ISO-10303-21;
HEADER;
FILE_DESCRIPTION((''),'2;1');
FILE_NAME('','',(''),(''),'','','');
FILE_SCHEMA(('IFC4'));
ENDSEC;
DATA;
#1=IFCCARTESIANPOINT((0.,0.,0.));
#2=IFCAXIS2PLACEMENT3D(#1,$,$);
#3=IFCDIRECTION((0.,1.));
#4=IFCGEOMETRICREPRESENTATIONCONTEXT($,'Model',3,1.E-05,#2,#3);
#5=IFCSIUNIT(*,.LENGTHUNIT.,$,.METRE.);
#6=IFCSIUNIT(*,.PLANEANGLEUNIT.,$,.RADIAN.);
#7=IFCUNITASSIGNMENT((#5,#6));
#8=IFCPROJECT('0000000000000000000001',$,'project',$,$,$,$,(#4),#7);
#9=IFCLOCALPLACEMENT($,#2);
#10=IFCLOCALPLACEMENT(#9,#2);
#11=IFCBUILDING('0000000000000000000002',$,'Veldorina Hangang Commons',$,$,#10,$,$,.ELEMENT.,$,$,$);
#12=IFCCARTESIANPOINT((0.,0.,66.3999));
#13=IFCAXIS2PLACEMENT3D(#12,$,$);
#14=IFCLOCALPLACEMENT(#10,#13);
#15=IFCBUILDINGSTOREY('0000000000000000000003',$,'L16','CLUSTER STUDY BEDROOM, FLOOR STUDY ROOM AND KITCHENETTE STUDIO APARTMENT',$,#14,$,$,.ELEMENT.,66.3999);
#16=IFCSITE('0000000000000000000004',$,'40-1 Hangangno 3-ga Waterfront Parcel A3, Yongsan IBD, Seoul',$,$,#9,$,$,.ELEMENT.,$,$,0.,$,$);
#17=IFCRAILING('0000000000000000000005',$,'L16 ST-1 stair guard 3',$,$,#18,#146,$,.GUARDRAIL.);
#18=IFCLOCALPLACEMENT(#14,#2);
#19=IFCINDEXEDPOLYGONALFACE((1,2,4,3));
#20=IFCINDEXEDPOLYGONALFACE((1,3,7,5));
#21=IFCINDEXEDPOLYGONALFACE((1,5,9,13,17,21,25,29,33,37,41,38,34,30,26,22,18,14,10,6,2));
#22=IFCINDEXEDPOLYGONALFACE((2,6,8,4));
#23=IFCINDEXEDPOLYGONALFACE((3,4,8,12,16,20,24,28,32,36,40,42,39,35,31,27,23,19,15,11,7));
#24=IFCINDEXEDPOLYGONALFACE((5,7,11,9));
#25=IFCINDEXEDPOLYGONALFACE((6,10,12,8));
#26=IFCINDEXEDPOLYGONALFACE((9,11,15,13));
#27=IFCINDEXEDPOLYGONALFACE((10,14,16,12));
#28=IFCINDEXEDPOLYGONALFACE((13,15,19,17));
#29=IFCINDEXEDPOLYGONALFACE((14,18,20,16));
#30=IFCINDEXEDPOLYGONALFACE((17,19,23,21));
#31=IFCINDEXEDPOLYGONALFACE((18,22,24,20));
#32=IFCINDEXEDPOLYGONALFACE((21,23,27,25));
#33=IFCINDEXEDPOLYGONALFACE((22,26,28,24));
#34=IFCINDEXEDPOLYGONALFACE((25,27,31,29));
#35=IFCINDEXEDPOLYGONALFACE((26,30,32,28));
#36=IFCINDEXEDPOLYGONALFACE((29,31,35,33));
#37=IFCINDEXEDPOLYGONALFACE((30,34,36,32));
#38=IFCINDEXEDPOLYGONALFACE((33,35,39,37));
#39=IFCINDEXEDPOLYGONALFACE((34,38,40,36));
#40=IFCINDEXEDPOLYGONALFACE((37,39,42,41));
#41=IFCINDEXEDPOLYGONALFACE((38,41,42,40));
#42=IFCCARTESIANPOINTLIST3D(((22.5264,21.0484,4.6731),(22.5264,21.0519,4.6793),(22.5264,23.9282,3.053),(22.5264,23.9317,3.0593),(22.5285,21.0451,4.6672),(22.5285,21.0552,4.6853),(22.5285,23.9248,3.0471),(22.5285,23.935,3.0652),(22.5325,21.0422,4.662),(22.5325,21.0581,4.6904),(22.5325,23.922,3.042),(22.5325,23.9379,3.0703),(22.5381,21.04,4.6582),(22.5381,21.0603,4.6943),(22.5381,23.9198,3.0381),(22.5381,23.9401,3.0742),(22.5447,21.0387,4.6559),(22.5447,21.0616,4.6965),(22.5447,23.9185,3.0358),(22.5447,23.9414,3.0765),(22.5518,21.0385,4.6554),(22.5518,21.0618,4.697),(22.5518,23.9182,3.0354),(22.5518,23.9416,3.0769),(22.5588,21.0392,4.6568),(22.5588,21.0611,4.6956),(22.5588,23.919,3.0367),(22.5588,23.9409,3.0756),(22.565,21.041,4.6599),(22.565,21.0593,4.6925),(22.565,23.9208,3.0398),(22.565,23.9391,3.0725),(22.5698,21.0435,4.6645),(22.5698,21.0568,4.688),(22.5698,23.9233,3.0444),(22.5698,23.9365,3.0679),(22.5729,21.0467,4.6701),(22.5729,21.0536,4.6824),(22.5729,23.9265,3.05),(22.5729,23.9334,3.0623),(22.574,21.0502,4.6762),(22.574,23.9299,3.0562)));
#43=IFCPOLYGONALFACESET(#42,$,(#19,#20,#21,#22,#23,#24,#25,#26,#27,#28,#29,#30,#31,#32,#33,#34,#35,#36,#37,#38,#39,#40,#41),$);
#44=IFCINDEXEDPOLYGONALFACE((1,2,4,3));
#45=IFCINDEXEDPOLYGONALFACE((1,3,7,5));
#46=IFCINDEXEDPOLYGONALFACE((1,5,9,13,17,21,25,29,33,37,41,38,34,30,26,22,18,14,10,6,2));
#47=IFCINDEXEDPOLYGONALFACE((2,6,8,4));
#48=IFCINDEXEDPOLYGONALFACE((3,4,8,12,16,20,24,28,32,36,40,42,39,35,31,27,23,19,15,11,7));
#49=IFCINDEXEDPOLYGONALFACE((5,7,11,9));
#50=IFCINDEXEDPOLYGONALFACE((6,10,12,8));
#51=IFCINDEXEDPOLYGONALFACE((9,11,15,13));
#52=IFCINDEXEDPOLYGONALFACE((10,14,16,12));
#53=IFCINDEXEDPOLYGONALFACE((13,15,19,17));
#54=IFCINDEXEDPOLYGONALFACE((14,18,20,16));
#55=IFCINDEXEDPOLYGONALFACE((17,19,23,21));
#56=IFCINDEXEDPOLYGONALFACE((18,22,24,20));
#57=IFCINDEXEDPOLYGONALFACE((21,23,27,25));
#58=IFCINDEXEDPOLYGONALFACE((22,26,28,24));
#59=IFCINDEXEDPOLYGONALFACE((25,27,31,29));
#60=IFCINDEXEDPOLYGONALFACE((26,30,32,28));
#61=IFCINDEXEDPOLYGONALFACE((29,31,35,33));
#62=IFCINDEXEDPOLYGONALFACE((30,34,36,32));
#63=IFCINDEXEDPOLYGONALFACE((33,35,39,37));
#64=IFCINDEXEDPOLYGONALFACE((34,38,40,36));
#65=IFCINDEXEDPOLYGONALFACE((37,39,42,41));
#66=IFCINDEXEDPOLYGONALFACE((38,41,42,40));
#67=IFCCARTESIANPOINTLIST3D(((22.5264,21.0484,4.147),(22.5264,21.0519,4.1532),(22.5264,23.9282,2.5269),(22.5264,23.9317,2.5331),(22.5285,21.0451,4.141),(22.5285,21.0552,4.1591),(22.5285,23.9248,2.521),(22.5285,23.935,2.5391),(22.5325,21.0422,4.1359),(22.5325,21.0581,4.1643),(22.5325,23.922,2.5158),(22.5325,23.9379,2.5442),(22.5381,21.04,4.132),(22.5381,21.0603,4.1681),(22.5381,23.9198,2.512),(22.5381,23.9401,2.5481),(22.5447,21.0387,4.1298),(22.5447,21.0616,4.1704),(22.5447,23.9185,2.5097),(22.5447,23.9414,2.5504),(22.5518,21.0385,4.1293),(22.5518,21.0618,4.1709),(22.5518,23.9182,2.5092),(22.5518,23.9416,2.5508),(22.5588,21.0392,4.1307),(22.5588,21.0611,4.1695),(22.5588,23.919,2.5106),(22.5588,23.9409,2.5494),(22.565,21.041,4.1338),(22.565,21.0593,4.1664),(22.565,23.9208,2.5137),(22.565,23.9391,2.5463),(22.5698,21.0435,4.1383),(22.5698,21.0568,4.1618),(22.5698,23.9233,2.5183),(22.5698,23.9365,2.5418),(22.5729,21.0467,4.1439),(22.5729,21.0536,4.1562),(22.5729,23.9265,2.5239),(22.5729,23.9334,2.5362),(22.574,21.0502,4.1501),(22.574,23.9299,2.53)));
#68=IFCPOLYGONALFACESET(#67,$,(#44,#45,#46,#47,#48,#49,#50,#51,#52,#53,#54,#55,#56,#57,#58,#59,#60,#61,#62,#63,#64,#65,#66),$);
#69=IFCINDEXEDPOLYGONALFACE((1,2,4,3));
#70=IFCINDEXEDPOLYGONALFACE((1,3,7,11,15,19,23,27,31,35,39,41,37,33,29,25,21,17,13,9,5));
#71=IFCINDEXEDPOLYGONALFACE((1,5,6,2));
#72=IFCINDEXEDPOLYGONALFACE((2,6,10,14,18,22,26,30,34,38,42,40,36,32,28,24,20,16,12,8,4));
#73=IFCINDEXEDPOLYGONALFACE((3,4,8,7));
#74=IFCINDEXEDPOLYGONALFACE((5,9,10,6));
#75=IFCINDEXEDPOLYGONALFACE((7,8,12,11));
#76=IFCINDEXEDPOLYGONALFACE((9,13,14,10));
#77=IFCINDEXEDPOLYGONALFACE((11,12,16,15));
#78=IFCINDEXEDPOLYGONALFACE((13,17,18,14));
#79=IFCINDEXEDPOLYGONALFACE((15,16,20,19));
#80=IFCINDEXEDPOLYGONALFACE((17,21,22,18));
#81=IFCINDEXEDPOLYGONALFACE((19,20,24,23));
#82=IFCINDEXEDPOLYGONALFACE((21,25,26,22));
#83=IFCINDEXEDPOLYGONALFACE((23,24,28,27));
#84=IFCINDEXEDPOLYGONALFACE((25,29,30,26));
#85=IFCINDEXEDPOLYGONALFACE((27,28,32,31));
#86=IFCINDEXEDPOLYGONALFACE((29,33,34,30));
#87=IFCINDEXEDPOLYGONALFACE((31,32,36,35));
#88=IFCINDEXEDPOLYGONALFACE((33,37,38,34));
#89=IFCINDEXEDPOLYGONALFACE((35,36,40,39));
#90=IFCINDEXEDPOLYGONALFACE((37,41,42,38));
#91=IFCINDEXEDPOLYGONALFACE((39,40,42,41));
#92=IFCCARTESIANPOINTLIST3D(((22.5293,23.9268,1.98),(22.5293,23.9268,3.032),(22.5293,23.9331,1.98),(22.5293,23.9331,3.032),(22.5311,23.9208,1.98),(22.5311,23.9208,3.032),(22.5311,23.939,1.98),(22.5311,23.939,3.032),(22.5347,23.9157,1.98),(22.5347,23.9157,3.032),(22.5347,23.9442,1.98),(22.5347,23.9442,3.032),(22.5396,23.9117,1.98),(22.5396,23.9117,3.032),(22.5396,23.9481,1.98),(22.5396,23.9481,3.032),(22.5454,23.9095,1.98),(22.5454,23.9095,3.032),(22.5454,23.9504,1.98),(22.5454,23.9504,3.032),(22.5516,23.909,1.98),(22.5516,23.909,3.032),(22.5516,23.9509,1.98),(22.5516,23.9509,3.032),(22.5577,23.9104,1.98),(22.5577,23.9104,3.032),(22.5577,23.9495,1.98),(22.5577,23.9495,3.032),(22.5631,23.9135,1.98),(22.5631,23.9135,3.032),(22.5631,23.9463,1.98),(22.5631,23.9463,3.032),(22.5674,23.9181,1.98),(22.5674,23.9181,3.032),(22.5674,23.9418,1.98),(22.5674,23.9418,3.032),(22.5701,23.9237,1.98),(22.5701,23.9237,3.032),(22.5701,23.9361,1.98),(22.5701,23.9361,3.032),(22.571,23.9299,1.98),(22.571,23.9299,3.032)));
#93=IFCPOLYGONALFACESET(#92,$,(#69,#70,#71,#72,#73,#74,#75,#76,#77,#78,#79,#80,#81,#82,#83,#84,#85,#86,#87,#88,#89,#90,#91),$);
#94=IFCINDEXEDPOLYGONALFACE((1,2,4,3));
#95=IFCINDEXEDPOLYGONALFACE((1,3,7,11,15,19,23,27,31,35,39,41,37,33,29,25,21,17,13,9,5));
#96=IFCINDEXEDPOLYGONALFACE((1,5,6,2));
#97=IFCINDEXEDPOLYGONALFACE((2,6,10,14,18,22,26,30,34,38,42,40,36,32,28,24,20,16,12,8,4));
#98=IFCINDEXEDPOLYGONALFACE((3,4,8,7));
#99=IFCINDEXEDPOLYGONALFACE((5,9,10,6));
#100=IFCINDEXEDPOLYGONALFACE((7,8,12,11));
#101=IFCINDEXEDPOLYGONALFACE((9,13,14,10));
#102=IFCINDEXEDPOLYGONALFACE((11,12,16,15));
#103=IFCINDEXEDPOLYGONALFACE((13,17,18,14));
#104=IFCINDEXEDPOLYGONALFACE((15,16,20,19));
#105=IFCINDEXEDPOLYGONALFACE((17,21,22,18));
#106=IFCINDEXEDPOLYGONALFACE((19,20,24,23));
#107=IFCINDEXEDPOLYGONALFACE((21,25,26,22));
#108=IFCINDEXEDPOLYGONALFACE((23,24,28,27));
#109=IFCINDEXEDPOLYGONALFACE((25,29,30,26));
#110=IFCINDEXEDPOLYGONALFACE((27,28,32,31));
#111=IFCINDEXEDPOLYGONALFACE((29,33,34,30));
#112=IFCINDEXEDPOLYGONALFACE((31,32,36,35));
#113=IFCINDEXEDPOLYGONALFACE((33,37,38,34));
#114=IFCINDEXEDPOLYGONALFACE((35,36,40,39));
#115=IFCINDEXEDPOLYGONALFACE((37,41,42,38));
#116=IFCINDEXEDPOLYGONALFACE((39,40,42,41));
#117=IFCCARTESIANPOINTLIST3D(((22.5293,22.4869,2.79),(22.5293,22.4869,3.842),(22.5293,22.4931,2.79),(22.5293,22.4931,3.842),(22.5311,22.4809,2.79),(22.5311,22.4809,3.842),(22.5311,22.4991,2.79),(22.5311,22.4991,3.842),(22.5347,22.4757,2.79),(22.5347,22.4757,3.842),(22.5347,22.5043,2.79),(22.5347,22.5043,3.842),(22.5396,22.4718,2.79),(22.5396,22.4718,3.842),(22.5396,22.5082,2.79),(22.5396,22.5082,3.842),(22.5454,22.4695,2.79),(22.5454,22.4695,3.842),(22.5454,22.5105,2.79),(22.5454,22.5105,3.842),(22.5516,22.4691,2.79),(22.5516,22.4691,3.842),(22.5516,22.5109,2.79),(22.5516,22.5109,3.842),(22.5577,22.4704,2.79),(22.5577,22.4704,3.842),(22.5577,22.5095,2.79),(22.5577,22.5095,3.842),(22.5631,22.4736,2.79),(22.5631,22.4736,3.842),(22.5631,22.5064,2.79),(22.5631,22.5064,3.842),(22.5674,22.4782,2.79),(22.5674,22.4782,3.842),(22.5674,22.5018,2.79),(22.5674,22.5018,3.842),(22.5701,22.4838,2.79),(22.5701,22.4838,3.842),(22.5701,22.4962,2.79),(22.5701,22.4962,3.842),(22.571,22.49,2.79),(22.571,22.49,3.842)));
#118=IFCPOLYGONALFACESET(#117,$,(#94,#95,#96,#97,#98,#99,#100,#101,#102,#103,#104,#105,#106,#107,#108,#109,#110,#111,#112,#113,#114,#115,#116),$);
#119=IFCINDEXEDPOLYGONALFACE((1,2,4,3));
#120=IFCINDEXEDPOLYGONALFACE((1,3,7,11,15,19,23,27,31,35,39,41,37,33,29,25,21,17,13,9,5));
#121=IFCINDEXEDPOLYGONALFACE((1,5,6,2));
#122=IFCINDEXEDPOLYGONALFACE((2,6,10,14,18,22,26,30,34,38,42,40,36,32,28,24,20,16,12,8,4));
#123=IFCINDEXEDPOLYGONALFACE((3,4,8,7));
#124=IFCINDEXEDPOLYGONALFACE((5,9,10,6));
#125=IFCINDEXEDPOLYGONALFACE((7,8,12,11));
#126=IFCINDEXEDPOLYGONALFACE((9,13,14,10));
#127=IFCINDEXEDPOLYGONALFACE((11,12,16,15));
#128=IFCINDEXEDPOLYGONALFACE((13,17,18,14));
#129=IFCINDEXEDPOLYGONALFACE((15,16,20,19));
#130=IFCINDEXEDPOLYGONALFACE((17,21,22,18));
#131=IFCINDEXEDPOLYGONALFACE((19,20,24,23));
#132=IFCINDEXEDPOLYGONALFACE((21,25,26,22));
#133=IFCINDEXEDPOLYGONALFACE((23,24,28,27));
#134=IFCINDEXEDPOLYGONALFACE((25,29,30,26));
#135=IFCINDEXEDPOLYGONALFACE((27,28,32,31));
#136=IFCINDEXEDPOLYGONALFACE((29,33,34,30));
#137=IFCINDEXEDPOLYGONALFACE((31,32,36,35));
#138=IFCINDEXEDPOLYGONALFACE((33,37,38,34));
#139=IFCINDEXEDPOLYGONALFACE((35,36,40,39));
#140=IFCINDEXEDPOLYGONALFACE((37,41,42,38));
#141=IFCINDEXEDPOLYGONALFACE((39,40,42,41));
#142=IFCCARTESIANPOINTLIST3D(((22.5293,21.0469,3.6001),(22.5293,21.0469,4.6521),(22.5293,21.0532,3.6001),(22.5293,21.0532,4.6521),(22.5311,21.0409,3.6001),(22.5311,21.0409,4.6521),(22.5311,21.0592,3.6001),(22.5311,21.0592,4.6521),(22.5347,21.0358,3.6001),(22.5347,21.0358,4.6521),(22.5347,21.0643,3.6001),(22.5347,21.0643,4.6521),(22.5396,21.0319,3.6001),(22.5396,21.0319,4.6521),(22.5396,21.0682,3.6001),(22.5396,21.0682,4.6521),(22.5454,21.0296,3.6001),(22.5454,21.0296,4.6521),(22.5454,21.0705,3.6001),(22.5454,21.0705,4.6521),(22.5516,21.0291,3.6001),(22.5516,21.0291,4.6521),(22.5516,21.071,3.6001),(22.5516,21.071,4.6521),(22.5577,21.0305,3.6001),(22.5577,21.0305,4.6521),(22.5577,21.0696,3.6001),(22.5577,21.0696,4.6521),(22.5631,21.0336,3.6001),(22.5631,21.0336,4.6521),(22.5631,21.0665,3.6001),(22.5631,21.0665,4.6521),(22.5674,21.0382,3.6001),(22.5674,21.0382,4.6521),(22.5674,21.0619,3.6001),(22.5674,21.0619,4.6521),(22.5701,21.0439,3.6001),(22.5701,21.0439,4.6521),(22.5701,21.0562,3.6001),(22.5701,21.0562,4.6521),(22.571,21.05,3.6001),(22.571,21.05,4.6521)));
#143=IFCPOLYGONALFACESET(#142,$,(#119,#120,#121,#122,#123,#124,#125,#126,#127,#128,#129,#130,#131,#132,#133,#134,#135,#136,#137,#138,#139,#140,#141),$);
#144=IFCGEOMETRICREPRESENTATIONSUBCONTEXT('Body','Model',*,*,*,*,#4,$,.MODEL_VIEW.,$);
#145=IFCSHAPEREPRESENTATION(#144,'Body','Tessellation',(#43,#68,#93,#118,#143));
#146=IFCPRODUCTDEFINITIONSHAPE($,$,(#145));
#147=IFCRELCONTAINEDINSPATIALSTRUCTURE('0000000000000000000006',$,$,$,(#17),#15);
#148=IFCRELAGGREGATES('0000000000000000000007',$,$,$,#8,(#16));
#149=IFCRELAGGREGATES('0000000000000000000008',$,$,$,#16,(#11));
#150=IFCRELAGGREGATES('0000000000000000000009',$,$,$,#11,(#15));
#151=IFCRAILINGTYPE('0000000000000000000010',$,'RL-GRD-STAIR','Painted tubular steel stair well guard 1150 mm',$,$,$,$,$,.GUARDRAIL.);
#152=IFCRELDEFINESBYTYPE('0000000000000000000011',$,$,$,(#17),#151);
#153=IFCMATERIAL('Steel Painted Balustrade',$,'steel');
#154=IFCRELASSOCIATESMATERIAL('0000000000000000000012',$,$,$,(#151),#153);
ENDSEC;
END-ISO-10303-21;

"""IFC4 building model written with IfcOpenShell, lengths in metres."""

from ifc_helpers import new_model, si_unit, direction, frame, origin, origin_2d, place, context, subcontext, project, spatial, circle, extrude, material, type_object, element, save


model = new_model("IFC4")

# Units and contexts
model_context = context("Model", 3, precision=1e-05, world=origin(), true_north=direction((0.0, 1.0)))
body_context = subcontext(model_context, "Body", "Model", "MODEL_VIEW")
ifc_project = project(units=[si_unit("LENGTHUNIT", "METRE"), si_unit("PLANEANGLEUNIT", "RADIAN")], contexts=[model_context])

# Site, building, storey
site_placement = place(None, origin())
site = spatial("IfcSite", under=ifc_project, at=site_placement, Name="40-1 Hangangno 3-ga Waterfront Parcel A3, Yongsan IBD, Seoul", CompositionType="ELEMENT", RefElevation=0.0)
building_placement = place(site_placement, origin())
building = spatial("IfcBuilding", under=site, at=building_placement, Name="Veldorina Hangang Commons", CompositionType="ELEMENT")
storey_placement = place(building_placement, frame((0.0, 0.0, 66.3999)))
storey = spatial("IfcBuildingStorey", under=building, at=storey_placement, Name="L16", Description="CLUSTER STUDY BEDROOM, FLOOR STUDY ROOM AND KITCHENETTE STUDIO APARTMENT", CompositionType="ELEMENT", Elevation=66.3999)

# Railing
ifc_material_1 = material(Name="Steel Painted Balustrade", Category="steel")
railing_type_1 = type_object("IfcRailingType", Name="RL-GRD-STAIR", Description="Painted tubular steel stair well guard 1150 mm", PredefinedType="GUARDRAIL", material=ifc_material_1)
railing_1_placement = place(storey_placement, frame((22.55, 23.9299, 1.98)))
element("IfcRailing", 1, at=railing_1_placement, inside=storey, type_object=railing_type_1, Name="L16 ST-1 stair guard 3", PredefinedType="GUARDRAIL", context=body_context, shape_type="SweptSolid", body=[
    extrude(circle(Radius=0.0239, at=origin_2d()), frame((0.0, 0.0, 1.0762), z_axis=(0.0, -0.871552, 0.490303), x_axis=(1.0, 0.0, 0.0)), (0.0, 0.0, 1.0), 3.3042),
    extrude(circle(Radius=0.0239, at=origin_2d()), frame((0.0, 0.0, 0.55), z_axis=(0.0, -0.871552, 0.490303), x_axis=(1.0, 0.0, 0.0)), (0.0, 0.0, 1.0), 3.3042),
    extrude(circle(Radius=0.021, at=origin_2d()), origin(), (0.0, 0.0, 1.0), 1.052),
    extrude(circle(Radius=0.021, at=origin_2d()), frame((0.0, -1.4399, 0.8101)), (0.0, 0.0, 1.0), 1.052),
    extrude(circle(Radius=0.021, at=origin_2d()), frame((0.0, -2.8799, 1.6201)), (0.0, 0.0, 1.0), 1.052),
])

save(model, "model.ifc")
